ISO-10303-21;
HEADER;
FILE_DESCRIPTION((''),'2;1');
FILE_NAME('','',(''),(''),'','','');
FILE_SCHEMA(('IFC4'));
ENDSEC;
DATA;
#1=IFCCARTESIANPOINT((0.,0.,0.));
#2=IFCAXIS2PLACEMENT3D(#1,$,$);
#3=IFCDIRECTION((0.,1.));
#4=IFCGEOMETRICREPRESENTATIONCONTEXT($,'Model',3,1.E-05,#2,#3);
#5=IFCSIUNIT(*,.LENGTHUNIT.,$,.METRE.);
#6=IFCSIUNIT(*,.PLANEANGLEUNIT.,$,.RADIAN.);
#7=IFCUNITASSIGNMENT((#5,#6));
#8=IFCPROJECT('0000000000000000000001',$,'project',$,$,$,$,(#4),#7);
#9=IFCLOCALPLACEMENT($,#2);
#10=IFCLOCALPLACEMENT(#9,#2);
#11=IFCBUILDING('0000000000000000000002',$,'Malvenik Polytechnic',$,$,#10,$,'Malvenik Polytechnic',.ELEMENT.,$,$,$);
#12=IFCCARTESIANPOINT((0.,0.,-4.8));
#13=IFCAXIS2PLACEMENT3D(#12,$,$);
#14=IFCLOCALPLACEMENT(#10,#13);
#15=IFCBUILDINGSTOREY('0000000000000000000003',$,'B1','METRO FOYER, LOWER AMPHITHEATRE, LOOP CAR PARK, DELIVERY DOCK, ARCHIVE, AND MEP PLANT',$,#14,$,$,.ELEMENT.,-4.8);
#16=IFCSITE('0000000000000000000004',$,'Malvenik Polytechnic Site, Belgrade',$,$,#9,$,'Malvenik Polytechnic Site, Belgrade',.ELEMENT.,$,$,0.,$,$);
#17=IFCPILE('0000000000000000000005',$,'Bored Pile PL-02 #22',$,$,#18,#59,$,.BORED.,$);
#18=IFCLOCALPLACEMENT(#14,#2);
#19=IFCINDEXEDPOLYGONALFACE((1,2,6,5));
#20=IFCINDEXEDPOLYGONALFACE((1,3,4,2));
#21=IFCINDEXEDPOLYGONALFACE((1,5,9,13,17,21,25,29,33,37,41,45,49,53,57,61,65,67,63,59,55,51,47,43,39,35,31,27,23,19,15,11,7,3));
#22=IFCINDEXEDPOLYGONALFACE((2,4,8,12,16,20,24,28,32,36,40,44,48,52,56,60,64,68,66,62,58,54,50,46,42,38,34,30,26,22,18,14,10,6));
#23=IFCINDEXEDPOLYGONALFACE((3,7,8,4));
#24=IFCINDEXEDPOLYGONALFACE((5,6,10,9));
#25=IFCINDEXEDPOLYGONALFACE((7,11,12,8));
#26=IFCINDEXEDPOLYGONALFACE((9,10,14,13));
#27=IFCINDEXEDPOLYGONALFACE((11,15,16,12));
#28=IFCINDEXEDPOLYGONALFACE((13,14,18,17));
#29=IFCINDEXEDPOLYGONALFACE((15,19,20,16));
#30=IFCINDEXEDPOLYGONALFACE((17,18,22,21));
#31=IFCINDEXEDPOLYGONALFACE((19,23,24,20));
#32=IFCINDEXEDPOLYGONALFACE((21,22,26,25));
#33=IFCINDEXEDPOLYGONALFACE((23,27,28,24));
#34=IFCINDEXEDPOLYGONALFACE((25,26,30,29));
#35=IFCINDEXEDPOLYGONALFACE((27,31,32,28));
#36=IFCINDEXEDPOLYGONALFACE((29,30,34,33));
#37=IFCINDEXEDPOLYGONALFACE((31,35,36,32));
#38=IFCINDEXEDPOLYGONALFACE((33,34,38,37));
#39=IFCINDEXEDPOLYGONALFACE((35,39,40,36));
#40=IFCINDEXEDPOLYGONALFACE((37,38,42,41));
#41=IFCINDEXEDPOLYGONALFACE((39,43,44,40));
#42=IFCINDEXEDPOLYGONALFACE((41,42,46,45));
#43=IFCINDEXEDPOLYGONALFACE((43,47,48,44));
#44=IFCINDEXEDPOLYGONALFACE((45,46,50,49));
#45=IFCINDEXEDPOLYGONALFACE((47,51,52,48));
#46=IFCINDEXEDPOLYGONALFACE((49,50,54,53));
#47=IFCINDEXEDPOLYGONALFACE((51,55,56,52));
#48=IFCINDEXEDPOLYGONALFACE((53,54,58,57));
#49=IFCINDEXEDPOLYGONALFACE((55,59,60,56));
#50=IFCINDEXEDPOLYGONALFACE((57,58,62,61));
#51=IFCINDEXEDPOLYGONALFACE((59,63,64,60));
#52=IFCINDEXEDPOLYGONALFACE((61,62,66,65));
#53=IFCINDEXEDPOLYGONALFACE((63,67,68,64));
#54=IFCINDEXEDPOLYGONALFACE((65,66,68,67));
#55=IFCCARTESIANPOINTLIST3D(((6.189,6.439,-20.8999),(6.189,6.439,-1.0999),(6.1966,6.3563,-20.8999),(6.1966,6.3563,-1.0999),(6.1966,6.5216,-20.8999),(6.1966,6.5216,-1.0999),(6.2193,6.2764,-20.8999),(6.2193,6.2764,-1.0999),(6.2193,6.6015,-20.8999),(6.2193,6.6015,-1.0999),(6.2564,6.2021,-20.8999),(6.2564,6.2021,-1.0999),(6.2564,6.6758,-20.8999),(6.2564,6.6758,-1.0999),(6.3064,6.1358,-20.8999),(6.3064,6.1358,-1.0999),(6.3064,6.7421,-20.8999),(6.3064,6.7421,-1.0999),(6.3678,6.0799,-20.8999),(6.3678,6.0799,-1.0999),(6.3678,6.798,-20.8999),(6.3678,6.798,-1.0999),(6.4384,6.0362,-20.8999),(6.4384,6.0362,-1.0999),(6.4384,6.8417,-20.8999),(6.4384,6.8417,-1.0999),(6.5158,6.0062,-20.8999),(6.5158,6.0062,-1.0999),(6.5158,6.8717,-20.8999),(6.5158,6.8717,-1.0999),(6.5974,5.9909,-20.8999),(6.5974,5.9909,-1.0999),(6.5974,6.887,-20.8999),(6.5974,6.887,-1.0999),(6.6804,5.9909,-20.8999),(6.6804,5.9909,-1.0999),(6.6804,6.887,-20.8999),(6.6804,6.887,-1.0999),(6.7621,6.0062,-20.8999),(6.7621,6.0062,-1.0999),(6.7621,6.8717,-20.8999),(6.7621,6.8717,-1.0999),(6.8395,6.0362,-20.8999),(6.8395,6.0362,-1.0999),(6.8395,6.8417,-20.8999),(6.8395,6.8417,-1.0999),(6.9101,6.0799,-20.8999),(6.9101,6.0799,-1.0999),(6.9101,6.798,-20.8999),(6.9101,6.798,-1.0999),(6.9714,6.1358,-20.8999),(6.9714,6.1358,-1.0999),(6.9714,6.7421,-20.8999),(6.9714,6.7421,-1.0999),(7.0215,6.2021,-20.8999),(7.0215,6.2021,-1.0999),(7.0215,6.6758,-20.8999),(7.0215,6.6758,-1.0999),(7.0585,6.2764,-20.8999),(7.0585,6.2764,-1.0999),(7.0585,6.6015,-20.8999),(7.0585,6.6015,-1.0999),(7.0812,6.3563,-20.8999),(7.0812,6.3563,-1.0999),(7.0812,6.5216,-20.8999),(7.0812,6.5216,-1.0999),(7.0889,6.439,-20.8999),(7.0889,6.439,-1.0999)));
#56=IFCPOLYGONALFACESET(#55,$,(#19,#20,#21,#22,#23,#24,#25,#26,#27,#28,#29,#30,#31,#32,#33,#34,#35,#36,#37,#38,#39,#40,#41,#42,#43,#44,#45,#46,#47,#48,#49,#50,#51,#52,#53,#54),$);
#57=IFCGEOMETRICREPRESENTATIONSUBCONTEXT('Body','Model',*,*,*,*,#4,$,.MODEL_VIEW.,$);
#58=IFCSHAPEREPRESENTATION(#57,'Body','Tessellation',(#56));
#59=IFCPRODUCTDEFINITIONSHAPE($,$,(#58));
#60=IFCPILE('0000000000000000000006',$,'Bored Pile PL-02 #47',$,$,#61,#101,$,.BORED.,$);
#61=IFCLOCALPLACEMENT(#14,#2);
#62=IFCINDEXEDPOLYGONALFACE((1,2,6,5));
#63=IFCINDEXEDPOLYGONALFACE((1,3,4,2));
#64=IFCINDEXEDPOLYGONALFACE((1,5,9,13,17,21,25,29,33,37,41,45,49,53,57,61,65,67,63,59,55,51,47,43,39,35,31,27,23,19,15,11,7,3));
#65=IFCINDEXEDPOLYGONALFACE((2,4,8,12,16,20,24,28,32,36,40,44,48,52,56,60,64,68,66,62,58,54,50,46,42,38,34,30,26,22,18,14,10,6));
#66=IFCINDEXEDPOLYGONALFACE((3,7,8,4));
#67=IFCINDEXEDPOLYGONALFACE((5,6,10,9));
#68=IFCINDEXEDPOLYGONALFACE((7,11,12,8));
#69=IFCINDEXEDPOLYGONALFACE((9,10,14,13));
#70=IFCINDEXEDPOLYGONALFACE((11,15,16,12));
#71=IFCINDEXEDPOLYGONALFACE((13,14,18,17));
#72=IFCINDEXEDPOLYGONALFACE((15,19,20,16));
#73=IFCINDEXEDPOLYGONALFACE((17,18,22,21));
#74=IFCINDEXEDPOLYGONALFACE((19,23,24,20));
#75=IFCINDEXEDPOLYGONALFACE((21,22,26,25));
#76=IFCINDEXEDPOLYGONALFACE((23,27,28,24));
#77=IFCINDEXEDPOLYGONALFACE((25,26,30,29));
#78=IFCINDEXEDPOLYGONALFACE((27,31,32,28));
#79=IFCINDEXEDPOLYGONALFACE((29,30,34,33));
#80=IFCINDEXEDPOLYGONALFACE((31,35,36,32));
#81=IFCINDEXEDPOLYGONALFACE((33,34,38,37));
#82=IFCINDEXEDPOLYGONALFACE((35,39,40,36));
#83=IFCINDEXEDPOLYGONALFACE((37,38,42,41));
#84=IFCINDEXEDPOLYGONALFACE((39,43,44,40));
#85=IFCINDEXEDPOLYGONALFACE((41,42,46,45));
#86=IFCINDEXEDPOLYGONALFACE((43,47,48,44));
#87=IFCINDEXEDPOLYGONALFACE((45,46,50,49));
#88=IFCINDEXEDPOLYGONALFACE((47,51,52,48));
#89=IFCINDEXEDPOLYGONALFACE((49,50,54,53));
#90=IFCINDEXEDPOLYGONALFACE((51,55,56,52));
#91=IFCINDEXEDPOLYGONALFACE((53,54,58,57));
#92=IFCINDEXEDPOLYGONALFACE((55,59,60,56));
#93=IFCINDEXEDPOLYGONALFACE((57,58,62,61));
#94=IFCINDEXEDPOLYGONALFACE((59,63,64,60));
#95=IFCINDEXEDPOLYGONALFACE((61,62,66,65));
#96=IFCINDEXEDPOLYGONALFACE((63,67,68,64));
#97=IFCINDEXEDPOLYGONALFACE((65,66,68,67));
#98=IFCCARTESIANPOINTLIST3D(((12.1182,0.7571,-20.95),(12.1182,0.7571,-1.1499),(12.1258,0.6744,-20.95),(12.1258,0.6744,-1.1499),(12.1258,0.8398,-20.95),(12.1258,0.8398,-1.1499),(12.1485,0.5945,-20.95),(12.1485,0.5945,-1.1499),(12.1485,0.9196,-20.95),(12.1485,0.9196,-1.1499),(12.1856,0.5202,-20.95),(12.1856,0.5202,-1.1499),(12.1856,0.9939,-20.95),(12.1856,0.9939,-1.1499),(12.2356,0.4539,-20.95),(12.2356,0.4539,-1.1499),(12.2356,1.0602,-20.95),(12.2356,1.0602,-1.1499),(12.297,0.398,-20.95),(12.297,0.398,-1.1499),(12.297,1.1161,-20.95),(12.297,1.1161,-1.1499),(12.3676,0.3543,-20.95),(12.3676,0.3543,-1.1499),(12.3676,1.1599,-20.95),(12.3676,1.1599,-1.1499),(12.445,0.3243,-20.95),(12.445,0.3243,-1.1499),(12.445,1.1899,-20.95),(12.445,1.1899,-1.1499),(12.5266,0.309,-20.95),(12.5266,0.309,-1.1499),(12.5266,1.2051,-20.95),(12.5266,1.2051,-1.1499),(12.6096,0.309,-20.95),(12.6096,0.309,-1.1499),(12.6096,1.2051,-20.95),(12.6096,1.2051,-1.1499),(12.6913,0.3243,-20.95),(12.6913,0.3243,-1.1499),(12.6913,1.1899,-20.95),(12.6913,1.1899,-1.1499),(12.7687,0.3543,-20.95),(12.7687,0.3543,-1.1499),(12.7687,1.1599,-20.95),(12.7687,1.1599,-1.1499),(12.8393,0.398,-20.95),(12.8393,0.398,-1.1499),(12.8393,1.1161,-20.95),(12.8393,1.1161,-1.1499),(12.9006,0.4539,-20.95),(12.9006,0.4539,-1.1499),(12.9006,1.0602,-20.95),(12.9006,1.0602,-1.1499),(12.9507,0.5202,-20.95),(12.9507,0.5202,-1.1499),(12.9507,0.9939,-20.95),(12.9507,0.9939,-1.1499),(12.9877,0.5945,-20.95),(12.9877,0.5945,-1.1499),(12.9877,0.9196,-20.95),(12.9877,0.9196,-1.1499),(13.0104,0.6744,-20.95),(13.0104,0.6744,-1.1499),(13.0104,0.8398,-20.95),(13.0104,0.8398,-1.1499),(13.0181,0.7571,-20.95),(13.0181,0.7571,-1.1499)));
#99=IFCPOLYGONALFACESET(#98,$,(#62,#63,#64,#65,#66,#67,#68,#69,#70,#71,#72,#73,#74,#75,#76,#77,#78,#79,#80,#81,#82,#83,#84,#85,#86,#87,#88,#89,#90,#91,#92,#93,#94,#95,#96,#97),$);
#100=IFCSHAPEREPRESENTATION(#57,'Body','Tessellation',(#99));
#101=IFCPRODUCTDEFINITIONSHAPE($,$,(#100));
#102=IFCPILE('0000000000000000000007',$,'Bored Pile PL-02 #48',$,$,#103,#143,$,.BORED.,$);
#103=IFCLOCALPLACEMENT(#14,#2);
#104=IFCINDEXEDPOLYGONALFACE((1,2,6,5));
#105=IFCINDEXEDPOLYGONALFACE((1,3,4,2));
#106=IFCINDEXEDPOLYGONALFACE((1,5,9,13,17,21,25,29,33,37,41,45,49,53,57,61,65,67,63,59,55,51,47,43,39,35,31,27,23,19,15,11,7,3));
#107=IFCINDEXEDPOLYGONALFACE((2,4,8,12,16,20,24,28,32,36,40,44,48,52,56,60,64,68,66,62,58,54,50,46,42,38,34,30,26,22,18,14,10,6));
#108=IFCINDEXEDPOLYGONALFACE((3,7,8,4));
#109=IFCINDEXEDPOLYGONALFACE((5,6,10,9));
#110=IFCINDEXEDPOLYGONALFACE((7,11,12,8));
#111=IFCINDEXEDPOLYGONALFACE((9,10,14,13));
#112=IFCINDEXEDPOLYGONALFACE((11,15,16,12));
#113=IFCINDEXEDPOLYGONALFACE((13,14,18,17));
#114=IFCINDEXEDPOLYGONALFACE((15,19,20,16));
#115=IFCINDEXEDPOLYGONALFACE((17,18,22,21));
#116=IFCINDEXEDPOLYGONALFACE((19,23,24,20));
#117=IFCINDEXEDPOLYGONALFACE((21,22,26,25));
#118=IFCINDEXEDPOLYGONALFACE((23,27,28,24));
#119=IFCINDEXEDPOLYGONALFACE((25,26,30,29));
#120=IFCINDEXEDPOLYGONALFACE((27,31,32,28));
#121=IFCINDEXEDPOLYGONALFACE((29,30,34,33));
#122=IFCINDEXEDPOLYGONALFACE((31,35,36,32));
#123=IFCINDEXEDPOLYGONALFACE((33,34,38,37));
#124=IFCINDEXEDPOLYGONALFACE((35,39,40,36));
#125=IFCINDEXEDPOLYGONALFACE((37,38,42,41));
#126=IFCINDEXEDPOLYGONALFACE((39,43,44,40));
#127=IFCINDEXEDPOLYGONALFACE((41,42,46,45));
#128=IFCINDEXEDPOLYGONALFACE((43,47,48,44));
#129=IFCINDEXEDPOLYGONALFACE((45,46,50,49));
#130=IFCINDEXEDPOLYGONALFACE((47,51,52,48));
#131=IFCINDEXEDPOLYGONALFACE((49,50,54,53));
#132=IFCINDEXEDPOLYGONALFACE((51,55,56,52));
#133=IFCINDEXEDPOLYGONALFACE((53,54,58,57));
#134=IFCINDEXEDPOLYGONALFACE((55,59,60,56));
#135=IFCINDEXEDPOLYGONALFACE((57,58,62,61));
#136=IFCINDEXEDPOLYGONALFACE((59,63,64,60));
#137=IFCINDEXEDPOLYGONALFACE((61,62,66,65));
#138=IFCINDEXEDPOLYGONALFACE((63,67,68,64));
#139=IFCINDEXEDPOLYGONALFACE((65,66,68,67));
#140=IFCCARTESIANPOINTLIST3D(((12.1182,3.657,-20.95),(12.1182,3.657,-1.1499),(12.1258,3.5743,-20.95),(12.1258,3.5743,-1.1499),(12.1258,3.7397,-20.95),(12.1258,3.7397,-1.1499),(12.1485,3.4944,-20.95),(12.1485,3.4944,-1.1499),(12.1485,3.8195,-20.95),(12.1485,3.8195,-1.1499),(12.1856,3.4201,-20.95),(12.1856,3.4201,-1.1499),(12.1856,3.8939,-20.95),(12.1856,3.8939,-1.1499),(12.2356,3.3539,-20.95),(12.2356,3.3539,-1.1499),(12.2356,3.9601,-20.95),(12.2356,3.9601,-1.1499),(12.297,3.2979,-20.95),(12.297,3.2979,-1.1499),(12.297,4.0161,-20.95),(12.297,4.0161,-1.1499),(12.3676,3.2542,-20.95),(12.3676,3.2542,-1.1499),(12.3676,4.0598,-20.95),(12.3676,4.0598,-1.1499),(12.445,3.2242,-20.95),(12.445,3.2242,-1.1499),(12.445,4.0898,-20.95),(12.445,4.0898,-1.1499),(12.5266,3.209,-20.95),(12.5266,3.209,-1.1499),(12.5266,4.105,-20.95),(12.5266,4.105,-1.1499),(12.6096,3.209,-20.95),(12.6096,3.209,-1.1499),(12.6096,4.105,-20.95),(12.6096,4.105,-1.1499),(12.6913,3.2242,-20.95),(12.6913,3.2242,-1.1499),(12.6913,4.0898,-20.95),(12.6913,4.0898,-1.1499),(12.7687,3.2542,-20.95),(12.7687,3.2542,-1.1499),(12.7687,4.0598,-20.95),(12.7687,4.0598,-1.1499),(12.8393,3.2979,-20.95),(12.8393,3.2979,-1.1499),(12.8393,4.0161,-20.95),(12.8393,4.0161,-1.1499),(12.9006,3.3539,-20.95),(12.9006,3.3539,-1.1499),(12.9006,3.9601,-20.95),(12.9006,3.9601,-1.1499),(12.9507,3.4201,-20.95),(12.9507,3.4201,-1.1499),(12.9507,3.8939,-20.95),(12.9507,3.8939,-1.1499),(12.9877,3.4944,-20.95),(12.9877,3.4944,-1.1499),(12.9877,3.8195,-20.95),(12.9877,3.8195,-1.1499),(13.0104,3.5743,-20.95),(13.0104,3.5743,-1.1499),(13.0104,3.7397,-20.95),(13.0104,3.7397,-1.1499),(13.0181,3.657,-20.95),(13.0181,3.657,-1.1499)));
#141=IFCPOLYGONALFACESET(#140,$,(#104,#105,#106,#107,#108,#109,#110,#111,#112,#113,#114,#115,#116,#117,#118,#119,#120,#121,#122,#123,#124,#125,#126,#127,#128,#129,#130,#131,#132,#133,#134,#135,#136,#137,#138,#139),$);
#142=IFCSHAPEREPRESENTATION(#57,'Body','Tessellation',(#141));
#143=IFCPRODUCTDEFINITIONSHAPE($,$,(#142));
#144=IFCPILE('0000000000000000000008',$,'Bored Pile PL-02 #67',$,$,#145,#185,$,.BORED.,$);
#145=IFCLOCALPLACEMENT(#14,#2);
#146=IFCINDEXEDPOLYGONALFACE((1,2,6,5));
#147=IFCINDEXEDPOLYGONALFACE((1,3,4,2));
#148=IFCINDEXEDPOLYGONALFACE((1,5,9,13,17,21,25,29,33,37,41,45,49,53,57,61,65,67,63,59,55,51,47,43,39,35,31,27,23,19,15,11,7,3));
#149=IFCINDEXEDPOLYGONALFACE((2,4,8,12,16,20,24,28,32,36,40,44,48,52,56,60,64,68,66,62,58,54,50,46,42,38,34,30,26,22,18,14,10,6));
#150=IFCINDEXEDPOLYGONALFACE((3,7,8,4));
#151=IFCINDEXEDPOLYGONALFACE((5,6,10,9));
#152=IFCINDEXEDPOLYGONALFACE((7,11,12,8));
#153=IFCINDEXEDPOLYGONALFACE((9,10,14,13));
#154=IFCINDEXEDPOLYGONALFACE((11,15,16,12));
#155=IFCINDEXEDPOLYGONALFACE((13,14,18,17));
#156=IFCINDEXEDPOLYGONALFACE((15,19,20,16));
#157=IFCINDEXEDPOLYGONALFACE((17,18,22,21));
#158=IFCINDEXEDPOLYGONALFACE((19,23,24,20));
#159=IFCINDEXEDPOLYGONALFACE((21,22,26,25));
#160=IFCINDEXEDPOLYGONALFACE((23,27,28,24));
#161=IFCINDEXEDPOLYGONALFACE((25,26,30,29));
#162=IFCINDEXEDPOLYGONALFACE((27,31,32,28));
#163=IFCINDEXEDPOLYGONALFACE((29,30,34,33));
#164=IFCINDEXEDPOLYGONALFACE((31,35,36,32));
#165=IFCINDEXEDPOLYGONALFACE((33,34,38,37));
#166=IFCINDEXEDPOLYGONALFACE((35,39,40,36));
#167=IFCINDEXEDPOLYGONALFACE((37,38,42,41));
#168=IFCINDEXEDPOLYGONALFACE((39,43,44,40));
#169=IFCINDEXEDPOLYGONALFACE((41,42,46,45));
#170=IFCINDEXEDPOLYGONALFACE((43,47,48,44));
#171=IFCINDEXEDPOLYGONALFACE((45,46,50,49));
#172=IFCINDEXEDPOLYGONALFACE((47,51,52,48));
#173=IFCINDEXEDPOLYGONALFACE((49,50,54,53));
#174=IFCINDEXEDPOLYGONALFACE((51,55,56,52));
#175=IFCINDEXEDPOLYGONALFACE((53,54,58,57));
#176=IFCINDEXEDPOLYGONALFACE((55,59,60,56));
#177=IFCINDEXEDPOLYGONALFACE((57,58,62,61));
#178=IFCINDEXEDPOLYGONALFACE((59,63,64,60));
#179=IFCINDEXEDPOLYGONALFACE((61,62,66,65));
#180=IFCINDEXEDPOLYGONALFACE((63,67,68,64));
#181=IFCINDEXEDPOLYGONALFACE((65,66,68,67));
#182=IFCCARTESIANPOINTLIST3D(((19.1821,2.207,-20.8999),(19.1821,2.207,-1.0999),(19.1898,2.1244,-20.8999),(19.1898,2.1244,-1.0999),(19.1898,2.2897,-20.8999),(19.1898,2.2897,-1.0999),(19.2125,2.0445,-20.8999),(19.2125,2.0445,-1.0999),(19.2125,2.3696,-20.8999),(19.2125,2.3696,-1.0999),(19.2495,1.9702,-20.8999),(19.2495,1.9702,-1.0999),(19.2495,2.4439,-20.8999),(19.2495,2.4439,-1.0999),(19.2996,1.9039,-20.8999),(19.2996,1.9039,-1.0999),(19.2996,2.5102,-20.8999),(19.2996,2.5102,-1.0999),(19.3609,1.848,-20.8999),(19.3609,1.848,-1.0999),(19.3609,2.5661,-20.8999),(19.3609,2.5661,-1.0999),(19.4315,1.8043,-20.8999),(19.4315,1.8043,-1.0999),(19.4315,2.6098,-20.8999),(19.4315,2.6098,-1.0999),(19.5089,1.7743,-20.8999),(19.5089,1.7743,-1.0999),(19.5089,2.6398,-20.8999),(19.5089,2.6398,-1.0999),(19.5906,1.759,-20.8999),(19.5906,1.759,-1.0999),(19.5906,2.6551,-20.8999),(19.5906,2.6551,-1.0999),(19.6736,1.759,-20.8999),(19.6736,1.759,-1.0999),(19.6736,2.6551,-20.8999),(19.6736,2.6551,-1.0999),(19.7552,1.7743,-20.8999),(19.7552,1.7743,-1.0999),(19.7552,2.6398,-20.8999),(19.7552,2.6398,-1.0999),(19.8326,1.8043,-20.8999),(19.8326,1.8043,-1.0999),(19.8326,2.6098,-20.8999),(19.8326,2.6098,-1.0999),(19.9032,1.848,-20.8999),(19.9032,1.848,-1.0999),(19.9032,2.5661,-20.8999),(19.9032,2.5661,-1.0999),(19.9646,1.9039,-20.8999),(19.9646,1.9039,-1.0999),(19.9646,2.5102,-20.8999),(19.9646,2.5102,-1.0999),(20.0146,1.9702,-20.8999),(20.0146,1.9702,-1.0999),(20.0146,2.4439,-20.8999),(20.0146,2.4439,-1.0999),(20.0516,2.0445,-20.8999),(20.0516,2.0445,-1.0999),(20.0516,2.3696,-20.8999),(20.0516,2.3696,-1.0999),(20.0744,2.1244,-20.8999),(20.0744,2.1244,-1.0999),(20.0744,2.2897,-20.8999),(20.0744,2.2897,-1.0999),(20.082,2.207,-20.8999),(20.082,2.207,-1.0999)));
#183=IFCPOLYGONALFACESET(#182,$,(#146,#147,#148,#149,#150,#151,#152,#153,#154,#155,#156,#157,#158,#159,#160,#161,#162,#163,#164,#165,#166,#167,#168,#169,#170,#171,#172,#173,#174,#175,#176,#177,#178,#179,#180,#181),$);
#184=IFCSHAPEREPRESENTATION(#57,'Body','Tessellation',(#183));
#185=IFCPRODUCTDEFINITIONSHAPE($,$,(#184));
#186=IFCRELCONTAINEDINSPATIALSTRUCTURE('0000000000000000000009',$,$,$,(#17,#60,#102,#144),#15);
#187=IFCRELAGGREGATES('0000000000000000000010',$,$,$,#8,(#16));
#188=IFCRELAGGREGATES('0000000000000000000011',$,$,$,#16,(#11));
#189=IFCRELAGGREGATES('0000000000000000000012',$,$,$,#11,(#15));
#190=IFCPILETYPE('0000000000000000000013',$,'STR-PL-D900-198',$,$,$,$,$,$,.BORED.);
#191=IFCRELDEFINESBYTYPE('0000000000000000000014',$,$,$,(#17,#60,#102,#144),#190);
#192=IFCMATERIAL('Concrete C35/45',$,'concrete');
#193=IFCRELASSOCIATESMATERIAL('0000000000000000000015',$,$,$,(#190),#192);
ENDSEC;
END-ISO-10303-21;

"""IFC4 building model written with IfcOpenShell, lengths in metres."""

from ifc_helpers import new_model, si_unit, direction, frame, origin, origin_2d, place, context, subcontext, project, spatial, circle, extrude, material, material_profile, profile_set, type_object, element, save


model = new_model("IFC4")

# Units and contexts
model_context = context("Model", 3, precision=1e-05, world=origin(), true_north=direction((0.0, 1.0)))
body_context = subcontext(model_context, "Body", "Model", "MODEL_VIEW")
ifc_project = project(units=[si_unit("LENGTHUNIT", "METRE"), si_unit("PLANEANGLEUNIT", "RADIAN")], contexts=[model_context])

# Site, building, storey
site_placement = place(None, origin())
site = spatial("IfcSite", under=ifc_project, at=site_placement, Name="Malvenik Polytechnic Site, Belgrade", LongName="Malvenik Polytechnic Site, Belgrade", CompositionType="ELEMENT", RefElevation=0.0)
building_placement = place(site_placement, origin())
building = spatial("IfcBuilding", under=site, at=building_placement, Name="Malvenik Polytechnic", LongName="Malvenik Polytechnic", CompositionType="ELEMENT")
storey_placement = place(building_placement, frame((0.0, 0.0, -4.8)))
storey = spatial("IfcBuildingStorey", under=building, at=storey_placement, Name="B1", Description="METRO FOYER, LOWER AMPHITHEATRE, LOOP CAR PARK, DELIVERY DOCK, ARCHIVE, AND MEP PLANT", CompositionType="ELEMENT", Elevation=-4.8)

# Shared definitions
ifc_material_1 = material(Name="Concrete C35/45", Category="concrete")

# Piles
ifc_material_profile_1 = material_profile(ifc_material_1, circle(Radius=0.45, at=origin_2d()), Name="BORED PILE D900")
ifc_profile_set_1 = profile_set([ifc_material_profile_1], Name="Concrete C35/45")
pile_type = type_object("IfcPileType", Name="STR-PL-D900-198", PredefinedType="BORED", material=ifc_profile_set_1)
for number, where, z_axis, x_axis, name in (
    (1, (6.6389, 6.439, -1.0999), (0.0, 0.0, -1.0), (1.0, 0.0, 0.0), "Bored Pile PL-02 #22"),
    (2, (12.5681, 0.7571, -1.1499), (0.0, 0.0, -1.0), (1.0, 0.0, 0.0), "Bored Pile PL-02 #47"),
    (3, (12.5681, 3.657, -1.1499), (0.0, 0.0, -1.0), (1.0, 0.0, 0.0), "Bored Pile PL-02 #48"),
    (4, (19.6321, 2.207, -1.0999), (0.0, 0.0, -1.0), (1.0, 0.0, 0.0), "Bored Pile PL-02 #67"),
):
    element("IfcPile", number, at=place(storey_placement, frame(where, z_axis=z_axis, x_axis=x_axis)), inside=storey, type_object=pile_type, Name=name, PredefinedType="BORED", context=body_context, shape_type="SweptSolid", body=[
        extrude(circle(Radius=0.45, at=origin_2d()), origin(), (0.0, 0.0, 1.0), 19.8),
    ])

save(model, "model.ifc")
